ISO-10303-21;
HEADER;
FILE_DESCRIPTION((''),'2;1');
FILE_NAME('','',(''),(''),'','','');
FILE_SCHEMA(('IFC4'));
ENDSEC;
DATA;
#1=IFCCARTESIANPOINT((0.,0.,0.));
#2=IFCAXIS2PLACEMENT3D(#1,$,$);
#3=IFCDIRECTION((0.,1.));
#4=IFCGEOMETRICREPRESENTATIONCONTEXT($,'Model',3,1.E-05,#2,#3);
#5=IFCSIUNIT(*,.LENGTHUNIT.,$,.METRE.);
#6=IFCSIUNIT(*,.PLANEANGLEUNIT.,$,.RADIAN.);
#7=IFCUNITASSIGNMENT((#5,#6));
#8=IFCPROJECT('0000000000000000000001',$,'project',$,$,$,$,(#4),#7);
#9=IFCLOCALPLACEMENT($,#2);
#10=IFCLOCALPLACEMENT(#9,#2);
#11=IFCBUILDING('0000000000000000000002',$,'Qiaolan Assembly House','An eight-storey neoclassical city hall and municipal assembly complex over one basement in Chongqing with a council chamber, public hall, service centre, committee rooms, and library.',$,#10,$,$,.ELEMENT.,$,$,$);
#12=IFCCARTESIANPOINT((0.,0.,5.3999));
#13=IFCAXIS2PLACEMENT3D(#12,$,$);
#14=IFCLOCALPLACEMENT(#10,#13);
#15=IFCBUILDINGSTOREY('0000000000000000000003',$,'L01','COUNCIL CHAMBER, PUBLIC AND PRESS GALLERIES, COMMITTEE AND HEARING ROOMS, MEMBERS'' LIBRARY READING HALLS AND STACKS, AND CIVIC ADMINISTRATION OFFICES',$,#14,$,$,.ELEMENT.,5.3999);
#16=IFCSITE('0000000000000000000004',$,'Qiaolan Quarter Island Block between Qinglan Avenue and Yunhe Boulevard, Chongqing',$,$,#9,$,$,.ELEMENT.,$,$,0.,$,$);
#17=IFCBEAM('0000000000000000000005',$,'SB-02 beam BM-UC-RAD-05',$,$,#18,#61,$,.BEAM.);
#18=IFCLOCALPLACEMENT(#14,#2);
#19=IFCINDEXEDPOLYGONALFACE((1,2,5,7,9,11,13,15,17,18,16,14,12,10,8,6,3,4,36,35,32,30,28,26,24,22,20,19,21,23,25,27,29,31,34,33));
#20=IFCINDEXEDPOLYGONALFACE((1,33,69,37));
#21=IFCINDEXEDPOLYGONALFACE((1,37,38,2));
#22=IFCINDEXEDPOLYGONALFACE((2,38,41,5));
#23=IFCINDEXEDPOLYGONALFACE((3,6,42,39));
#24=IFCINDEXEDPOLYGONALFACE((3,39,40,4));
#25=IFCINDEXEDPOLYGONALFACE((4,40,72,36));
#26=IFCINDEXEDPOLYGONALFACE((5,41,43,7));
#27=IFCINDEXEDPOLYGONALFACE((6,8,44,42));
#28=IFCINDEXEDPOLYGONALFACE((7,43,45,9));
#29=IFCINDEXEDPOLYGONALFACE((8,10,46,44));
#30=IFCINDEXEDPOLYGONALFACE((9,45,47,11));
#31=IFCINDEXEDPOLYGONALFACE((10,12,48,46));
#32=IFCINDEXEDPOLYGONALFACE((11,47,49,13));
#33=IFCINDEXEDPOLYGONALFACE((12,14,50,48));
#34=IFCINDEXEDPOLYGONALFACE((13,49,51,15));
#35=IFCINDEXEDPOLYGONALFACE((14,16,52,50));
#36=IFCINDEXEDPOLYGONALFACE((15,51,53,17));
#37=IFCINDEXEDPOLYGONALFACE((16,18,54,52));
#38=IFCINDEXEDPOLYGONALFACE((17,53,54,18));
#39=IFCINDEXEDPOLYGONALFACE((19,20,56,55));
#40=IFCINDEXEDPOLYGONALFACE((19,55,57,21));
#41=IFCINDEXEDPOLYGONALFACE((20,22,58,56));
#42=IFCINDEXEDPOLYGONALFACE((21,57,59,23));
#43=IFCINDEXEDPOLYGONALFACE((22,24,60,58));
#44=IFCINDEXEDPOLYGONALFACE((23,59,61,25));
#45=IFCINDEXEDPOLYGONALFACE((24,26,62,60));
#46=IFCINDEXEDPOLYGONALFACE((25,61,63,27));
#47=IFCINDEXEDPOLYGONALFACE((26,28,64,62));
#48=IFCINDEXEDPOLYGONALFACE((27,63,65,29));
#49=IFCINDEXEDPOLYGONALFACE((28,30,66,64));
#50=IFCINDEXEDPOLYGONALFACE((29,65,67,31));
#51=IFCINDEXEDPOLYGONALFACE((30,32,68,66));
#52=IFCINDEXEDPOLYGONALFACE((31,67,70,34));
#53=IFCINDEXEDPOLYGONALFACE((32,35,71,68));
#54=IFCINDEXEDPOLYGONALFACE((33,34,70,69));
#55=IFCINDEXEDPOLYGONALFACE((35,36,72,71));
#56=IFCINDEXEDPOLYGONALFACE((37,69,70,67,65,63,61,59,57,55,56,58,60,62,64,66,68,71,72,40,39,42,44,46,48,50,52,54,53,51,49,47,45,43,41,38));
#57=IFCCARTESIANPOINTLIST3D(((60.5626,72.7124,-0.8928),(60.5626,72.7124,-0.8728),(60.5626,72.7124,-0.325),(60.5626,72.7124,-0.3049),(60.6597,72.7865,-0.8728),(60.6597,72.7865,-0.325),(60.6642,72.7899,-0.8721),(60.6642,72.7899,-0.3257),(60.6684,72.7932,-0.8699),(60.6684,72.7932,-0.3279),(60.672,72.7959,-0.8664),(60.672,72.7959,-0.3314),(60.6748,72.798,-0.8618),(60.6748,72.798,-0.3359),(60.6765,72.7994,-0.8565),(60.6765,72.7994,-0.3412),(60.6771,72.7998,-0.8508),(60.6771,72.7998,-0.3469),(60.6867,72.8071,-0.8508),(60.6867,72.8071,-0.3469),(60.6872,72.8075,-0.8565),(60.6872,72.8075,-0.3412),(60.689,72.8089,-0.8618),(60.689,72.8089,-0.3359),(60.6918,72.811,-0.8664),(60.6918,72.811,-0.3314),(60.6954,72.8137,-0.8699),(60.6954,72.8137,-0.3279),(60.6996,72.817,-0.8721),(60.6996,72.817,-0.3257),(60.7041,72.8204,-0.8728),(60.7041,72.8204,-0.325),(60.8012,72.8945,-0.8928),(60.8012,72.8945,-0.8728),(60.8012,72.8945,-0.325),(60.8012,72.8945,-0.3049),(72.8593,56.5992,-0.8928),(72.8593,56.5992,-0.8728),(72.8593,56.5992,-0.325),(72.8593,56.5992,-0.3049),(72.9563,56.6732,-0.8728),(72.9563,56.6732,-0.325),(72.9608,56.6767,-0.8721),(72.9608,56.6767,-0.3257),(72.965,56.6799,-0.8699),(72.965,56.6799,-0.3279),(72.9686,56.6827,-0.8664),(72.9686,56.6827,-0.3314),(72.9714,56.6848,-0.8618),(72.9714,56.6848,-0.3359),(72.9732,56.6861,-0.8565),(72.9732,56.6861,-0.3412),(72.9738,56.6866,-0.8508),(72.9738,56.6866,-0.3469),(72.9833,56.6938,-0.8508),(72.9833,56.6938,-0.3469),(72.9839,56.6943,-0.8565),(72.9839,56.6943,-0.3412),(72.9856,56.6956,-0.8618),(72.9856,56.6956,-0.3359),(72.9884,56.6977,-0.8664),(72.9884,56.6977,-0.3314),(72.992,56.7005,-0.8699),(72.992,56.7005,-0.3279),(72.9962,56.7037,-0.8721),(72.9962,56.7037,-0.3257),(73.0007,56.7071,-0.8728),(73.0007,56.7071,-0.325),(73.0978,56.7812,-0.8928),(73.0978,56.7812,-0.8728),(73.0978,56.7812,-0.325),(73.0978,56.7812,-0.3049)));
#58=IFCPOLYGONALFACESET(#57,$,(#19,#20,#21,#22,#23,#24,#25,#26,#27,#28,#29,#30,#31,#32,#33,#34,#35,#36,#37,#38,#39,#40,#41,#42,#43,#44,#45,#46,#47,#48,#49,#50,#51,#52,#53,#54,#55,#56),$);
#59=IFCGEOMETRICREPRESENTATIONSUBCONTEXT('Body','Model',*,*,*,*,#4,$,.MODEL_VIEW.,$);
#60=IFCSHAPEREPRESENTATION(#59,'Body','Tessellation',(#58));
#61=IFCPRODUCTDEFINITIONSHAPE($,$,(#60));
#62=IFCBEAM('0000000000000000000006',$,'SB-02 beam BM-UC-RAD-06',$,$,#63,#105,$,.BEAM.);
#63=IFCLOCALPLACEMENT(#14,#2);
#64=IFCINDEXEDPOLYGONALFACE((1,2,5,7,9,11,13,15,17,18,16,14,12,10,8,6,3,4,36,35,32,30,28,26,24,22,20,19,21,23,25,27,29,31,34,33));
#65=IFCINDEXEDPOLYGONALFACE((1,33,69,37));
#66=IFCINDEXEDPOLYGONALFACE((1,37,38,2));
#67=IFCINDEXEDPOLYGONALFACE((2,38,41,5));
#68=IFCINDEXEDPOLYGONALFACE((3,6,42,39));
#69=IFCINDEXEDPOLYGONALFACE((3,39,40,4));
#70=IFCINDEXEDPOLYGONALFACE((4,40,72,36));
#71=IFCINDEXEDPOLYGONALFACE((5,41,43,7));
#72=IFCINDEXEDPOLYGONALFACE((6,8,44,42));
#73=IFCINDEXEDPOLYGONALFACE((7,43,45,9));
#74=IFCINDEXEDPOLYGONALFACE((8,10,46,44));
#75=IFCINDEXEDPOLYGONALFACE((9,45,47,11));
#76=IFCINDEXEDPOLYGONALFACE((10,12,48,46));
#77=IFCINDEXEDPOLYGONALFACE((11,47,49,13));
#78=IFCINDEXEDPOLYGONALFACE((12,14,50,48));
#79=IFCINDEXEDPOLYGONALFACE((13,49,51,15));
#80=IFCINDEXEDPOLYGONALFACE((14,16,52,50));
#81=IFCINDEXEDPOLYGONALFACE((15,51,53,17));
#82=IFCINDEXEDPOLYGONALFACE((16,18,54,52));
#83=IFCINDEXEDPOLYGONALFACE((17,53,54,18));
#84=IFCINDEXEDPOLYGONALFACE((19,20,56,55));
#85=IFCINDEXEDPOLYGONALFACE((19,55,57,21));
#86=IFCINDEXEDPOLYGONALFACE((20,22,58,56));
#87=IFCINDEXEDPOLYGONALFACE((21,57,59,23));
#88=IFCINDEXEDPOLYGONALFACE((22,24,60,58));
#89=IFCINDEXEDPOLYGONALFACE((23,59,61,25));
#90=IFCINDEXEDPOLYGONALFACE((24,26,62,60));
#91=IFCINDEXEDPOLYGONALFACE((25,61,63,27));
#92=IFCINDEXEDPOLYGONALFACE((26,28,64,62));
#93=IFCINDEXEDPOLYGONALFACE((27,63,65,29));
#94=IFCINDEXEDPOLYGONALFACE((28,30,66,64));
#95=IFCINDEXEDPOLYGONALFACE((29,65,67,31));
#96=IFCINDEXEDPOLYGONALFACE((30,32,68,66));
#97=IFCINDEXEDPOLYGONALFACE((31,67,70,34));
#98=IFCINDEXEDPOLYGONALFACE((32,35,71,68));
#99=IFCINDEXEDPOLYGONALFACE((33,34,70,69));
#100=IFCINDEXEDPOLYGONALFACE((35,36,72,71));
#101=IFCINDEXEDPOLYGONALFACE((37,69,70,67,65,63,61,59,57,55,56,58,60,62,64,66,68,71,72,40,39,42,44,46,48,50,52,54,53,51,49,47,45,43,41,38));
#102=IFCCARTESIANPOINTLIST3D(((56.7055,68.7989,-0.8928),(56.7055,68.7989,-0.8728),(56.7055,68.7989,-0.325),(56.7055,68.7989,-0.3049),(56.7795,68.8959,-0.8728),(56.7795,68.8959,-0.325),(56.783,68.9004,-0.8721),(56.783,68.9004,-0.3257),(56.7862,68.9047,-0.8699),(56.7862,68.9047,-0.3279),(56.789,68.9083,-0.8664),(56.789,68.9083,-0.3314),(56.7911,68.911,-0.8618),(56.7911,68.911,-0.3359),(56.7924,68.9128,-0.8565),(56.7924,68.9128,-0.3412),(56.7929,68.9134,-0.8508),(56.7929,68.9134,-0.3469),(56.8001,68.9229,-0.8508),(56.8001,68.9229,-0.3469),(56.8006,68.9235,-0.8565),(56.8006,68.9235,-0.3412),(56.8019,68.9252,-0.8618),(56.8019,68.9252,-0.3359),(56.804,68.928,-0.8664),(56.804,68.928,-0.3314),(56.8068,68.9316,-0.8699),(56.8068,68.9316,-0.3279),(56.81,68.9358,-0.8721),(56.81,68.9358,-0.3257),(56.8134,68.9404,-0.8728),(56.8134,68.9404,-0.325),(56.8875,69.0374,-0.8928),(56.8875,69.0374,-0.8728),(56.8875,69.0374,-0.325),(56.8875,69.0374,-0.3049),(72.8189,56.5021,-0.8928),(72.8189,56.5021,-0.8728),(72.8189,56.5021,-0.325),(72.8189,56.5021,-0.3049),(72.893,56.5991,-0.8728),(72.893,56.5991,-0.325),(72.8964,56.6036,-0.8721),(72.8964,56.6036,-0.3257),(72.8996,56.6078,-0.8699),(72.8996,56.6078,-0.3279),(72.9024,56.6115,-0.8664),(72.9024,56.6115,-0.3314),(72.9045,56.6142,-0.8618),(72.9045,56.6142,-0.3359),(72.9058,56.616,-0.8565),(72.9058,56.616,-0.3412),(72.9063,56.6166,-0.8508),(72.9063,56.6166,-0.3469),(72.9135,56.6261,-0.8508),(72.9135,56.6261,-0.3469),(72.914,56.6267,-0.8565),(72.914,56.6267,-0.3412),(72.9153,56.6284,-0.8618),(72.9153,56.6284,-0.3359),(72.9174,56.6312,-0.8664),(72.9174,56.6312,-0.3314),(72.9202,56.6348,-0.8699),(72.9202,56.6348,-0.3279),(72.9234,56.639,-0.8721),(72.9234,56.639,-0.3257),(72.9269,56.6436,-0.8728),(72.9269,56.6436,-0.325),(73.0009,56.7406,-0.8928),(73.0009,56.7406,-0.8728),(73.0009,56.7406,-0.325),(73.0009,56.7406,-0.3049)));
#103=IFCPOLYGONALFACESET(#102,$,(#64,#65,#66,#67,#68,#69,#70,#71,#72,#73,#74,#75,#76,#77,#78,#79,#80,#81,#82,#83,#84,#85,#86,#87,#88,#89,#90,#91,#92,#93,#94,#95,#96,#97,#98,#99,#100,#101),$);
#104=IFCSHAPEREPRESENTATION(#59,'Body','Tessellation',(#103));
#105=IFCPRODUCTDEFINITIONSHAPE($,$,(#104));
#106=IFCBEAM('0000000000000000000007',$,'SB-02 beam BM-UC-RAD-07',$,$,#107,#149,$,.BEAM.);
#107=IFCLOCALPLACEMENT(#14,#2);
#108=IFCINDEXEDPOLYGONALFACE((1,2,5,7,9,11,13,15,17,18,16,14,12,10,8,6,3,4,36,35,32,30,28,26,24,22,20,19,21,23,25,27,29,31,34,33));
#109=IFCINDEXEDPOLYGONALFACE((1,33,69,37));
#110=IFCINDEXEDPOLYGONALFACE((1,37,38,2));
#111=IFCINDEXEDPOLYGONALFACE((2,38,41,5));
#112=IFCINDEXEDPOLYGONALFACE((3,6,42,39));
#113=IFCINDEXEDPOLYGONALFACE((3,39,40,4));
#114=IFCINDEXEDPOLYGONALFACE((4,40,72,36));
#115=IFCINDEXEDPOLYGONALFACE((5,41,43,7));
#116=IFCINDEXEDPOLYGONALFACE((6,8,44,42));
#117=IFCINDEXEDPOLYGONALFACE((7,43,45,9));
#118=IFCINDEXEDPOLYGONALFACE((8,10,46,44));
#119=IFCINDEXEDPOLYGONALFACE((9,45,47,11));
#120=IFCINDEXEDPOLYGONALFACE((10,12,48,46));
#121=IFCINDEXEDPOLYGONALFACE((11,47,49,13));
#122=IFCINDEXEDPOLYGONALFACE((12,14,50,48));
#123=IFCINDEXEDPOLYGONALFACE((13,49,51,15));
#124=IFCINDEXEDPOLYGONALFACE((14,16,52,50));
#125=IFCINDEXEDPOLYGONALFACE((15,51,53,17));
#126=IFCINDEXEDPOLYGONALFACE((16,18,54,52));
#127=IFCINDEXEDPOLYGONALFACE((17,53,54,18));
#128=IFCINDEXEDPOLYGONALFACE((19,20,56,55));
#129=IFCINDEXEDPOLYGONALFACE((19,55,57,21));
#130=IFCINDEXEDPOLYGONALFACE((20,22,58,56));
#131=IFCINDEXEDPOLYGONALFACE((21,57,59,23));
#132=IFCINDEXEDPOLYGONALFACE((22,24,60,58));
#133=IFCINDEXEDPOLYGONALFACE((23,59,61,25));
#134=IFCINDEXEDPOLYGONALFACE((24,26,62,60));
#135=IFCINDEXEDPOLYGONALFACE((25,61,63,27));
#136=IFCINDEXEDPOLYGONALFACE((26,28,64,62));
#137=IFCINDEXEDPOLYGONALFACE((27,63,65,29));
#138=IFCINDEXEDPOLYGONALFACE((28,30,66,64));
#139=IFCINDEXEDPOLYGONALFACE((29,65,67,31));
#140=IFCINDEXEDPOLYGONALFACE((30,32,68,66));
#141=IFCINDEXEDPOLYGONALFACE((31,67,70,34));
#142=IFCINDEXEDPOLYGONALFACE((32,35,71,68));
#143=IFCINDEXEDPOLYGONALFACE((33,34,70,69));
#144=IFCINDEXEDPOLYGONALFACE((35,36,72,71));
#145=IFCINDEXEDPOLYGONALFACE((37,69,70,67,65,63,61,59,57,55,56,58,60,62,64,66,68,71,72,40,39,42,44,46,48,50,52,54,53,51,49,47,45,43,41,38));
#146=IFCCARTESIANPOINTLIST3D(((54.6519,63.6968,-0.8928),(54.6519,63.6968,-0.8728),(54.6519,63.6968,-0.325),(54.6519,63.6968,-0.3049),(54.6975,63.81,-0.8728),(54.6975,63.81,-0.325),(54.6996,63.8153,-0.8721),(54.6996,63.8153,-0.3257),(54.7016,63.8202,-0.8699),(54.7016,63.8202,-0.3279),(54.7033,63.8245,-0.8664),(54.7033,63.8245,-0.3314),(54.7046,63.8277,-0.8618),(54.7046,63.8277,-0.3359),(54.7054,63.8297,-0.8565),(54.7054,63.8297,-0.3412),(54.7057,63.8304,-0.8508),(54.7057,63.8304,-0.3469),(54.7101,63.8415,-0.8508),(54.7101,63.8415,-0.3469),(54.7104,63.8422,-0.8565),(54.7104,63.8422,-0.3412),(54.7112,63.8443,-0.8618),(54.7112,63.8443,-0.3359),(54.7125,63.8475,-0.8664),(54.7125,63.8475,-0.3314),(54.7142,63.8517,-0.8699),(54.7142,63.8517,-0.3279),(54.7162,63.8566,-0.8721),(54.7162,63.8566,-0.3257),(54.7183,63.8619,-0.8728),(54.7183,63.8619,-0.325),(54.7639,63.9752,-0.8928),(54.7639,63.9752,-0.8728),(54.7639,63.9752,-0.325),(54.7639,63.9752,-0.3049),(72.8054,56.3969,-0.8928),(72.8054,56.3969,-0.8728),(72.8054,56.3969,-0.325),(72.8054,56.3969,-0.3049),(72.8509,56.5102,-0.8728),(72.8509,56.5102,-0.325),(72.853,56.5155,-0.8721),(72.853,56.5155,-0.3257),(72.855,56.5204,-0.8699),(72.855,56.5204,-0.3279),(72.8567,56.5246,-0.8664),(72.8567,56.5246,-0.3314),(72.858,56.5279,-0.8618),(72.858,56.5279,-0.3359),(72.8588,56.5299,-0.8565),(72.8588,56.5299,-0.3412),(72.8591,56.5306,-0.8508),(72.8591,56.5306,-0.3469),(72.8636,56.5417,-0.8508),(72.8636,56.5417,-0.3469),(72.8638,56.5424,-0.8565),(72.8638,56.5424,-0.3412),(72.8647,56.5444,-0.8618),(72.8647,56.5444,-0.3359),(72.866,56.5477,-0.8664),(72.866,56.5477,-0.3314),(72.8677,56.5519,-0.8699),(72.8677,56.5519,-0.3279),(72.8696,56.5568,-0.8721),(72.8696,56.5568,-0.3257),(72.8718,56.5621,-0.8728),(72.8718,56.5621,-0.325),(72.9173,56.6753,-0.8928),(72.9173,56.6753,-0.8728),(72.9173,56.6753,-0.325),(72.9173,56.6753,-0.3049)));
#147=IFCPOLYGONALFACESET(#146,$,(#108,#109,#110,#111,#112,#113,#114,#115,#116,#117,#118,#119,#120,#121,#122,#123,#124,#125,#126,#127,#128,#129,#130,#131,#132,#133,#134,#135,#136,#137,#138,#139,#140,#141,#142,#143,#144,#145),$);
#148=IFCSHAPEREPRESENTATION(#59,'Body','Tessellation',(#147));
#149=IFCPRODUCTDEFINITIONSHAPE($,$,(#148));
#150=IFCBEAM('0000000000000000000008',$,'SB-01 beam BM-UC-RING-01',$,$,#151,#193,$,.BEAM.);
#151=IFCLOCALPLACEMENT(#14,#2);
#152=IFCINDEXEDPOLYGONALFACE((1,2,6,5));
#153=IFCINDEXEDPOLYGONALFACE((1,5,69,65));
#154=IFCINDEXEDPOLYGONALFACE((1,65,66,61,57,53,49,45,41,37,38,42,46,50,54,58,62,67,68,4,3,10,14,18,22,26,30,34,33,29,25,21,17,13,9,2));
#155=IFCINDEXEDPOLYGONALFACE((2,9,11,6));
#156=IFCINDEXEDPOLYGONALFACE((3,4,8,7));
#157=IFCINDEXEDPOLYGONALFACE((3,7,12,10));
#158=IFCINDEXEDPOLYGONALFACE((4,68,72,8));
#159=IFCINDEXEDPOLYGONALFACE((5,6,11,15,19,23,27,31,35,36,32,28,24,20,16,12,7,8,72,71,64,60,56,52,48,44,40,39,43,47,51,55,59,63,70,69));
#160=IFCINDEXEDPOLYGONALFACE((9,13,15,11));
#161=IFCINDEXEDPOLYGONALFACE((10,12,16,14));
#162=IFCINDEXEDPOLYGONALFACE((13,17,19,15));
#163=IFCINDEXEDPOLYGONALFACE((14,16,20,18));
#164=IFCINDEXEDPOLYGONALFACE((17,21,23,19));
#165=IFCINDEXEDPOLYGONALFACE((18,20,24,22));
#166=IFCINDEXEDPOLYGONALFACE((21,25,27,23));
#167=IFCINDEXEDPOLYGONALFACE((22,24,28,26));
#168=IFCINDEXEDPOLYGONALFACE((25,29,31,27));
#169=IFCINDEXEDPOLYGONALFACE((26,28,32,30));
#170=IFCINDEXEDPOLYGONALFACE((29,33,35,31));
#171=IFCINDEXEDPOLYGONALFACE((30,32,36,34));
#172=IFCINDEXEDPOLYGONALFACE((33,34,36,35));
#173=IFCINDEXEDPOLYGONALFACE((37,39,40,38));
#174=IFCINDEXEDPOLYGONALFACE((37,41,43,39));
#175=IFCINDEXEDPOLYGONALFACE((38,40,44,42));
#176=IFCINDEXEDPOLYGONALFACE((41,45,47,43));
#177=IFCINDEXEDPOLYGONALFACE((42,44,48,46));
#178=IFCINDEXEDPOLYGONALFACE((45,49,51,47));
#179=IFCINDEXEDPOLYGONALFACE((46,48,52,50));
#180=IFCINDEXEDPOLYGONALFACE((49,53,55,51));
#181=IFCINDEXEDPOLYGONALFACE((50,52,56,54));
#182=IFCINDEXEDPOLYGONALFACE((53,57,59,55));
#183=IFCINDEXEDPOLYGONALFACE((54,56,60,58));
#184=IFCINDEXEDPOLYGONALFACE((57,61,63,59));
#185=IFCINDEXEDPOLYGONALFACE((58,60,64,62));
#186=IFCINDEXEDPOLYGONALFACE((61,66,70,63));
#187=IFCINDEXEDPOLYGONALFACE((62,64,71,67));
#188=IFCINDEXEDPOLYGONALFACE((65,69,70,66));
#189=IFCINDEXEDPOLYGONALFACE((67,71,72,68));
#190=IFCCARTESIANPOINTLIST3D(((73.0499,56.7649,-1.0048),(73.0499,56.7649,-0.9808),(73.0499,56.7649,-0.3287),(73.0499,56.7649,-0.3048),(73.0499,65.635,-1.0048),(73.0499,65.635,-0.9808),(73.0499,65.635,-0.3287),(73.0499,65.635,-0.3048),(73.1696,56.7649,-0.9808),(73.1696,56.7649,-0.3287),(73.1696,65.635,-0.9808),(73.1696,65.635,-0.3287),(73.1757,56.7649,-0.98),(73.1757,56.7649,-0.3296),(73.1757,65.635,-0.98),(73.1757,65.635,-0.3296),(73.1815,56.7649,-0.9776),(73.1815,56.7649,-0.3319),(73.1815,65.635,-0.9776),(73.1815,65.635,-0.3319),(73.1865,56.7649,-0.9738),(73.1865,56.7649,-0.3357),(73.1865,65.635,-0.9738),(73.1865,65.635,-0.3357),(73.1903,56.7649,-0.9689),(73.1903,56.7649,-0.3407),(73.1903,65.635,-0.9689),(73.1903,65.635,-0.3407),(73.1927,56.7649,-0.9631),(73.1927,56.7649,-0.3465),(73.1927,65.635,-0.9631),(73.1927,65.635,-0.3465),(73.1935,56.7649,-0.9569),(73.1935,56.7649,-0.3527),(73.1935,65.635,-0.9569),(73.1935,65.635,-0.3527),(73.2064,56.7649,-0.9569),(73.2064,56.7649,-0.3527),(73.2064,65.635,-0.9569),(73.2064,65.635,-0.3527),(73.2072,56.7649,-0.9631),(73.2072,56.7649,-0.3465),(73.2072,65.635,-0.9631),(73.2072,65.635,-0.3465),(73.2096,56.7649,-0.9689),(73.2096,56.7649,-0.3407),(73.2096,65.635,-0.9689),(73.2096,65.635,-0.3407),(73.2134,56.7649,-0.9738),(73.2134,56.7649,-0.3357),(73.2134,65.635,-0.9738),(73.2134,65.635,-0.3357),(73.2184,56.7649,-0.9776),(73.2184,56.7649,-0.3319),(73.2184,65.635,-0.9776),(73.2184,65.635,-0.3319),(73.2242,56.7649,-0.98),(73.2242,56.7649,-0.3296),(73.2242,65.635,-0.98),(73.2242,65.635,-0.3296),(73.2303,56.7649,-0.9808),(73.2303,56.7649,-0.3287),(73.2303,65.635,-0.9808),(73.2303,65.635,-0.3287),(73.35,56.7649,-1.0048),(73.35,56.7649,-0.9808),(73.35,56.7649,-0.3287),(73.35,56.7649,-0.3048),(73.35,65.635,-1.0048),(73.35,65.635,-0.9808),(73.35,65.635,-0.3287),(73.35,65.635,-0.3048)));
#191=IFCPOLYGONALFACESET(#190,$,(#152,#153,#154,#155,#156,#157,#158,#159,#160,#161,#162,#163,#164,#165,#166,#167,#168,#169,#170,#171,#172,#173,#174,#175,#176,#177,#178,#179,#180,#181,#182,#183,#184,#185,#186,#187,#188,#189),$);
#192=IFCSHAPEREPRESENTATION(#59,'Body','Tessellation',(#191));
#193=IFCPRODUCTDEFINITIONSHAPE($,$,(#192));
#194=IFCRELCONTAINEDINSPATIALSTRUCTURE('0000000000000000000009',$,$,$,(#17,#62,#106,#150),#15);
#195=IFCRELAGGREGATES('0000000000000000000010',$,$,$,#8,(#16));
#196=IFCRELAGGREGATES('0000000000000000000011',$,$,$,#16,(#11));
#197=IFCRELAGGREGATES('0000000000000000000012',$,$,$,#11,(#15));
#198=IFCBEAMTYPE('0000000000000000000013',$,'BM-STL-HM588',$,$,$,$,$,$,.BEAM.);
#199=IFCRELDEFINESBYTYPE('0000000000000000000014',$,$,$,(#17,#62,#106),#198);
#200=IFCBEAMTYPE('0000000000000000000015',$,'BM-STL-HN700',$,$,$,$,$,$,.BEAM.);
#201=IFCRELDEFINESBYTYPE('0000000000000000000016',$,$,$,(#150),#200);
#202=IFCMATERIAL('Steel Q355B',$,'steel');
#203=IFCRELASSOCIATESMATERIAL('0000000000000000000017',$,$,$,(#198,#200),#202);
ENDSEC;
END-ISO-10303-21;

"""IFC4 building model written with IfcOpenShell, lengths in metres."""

from ifc_helpers import new_model, si_unit, direction, frame, origin, origin_2d, place, context, subcontext, project, spatial, i_section, extrude, material, material_profile, profile_set, type_object, element, save


model = new_model("IFC4")

# Units and contexts
model_context = context("Model", 3, precision=1e-05, world=origin(), true_north=direction((0.0, 1.0)))
body_context = subcontext(model_context, "Body", "Model", "MODEL_VIEW")
ifc_project = project(units=[si_unit("LENGTHUNIT", "METRE"), si_unit("PLANEANGLEUNIT", "RADIAN")], contexts=[model_context])

# Site, building, storey
site_placement = place(None, origin())
site = spatial("IfcSite", under=ifc_project, at=site_placement, Name="Qiaolan Quarter Island Block between Qinglan Avenue and Yunhe Boulevard, Chongqing", CompositionType="ELEMENT", RefElevation=0.0)
building_placement = place(site_placement, origin())
building = spatial("IfcBuilding", under=site, at=building_placement, Name="Qiaolan Assembly House", Description="An eight-storey neoclassical city hall and municipal assembly complex over one basement in Chongqing with a council chamber, public hall, service centre, committee rooms, and library.", CompositionType="ELEMENT")
storey_placement = place(building_placement, frame((0.0, 0.0, 5.3999)))
storey = spatial("IfcBuildingStorey", under=building, at=storey_placement, Name="L01", Description="COUNCIL CHAMBER, PUBLIC AND PRESS GALLERIES, COMMITTEE AND HEARING ROOMS, MEMBERS' LIBRARY READING HALLS AND STACKS, AND CIVIC ADMINISTRATION OFFICES", CompositionType="ELEMENT", Elevation=5.3999)

# Shared definitions
ifc_material_1 = material(Name="Steel Q355B", Category="steel")

# Beams
ifc_material_profile_1 = material_profile(ifc_material_1, i_section(OverallWidth=0.3, OverallDepth=0.5879, WebThickness=0.012, FlangeThickness=0.02, FilletRadius=0.022, at=origin_2d()), Name="HM 588x300x12x20")
ifc_profile_set_1 = profile_set([ifc_material_profile_1], Name="Steel Q355B")
beam_type_1 = type_object("IfcBeamType", Name="BM-STL-HM588", PredefinedType="BEAM", material=ifc_profile_set_1)
beam_1_placement = place(storey_placement, frame((72.9785, 56.6902, -0.5989), z_axis=(-0.606663, 0.79496, 0.0), x_axis=(-0.79496, -0.606663, 0.0)))
element("IfcBeam", 1, at=beam_1_placement, inside=storey, type_object=beam_type_1, Name="SB-02 beam BM-UC-RAD-05", PredefinedType="BEAM", context=body_context, shape_type="SweptSolid", body=[
    extrude(i_section(OverallWidth=0.3, OverallDepth=0.5879, WebThickness=0.012, FlangeThickness=0.02, FilletRadius=0.022, at=origin_2d()), origin(), (0.0, 0.0, 1.0), 20.2693),
])
beam_2_placement = place(storey_placement, frame((72.9099, 56.6213, -0.5989), z_axis=(-0.794958, 0.606664, 0.0), x_axis=(-0.606664, -0.794958, 0.0)))
element("IfcBeam", 2, at=beam_2_placement, inside=storey, type_object=beam_type_1, Name="SB-02 beam BM-UC-RAD-06", PredefinedType="BEAM", context=body_context, shape_type="SweptSolid", body=[
    extrude(i_section(OverallWidth=0.3, OverallDepth=0.5879, WebThickness=0.012, FlangeThickness=0.02, FilletRadius=0.022, at=origin_2d()), origin(), (0.0, 0.0, 1.0), 20.2695),
])
beam_3_placement = place(storey_placement, frame((72.8613, 56.5361, -0.5989), z_axis=(-0.927797, 0.373085, 0.0), x_axis=(-0.373085, -0.927797, 0.0)))
element("IfcBeam", 3, at=beam_3_placement, inside=storey, type_object=beam_type_1, Name="SB-02 beam BM-UC-RAD-07", PredefinedType="BEAM", context=body_context, shape_type="SweptSolid", body=[
    extrude(i_section(OverallWidth=0.3, OverallDepth=0.5879, WebThickness=0.012, FlangeThickness=0.02, FilletRadius=0.022, at=origin_2d()), origin(), (0.0, 0.0, 1.0), 19.5662),
])
ifc_material_profile_2 = material_profile(ifc_material_1, i_section(OverallWidth=0.3, OverallDepth=0.7, WebThickness=0.0129, FlangeThickness=0.0239, FilletRadius=0.0239, at=origin_2d()), Name="HN 700x300x13x24")
ifc_profile_set_2 = profile_set([ifc_material_profile_2], Name="Steel Q355B")
beam_type_2 = type_object("IfcBeamType", Name="BM-STL-HN700", PredefinedType="BEAM", material=ifc_profile_set_2)
beam_4_placement = place(storey_placement, frame((73.2, 56.7649, -0.6548), z_axis=(0.0, 1.0, 0.0), x_axis=(-1.0, 0.0, 0.0)))
element("IfcBeam", 4, at=beam_4_placement, inside=storey, type_object=beam_type_2, Name="SB-01 beam BM-UC-RING-01", PredefinedType="BEAM", context=body_context, shape_type="SweptSolid", body=[
    extrude(i_section(OverallWidth=0.3, OverallDepth=0.7, WebThickness=0.0129, FlangeThickness=0.0239, FilletRadius=0.0239, at=origin_2d()), origin(), (0.0, 0.0, 1.0), 8.8701),
])

save(model, "model.ifc")
